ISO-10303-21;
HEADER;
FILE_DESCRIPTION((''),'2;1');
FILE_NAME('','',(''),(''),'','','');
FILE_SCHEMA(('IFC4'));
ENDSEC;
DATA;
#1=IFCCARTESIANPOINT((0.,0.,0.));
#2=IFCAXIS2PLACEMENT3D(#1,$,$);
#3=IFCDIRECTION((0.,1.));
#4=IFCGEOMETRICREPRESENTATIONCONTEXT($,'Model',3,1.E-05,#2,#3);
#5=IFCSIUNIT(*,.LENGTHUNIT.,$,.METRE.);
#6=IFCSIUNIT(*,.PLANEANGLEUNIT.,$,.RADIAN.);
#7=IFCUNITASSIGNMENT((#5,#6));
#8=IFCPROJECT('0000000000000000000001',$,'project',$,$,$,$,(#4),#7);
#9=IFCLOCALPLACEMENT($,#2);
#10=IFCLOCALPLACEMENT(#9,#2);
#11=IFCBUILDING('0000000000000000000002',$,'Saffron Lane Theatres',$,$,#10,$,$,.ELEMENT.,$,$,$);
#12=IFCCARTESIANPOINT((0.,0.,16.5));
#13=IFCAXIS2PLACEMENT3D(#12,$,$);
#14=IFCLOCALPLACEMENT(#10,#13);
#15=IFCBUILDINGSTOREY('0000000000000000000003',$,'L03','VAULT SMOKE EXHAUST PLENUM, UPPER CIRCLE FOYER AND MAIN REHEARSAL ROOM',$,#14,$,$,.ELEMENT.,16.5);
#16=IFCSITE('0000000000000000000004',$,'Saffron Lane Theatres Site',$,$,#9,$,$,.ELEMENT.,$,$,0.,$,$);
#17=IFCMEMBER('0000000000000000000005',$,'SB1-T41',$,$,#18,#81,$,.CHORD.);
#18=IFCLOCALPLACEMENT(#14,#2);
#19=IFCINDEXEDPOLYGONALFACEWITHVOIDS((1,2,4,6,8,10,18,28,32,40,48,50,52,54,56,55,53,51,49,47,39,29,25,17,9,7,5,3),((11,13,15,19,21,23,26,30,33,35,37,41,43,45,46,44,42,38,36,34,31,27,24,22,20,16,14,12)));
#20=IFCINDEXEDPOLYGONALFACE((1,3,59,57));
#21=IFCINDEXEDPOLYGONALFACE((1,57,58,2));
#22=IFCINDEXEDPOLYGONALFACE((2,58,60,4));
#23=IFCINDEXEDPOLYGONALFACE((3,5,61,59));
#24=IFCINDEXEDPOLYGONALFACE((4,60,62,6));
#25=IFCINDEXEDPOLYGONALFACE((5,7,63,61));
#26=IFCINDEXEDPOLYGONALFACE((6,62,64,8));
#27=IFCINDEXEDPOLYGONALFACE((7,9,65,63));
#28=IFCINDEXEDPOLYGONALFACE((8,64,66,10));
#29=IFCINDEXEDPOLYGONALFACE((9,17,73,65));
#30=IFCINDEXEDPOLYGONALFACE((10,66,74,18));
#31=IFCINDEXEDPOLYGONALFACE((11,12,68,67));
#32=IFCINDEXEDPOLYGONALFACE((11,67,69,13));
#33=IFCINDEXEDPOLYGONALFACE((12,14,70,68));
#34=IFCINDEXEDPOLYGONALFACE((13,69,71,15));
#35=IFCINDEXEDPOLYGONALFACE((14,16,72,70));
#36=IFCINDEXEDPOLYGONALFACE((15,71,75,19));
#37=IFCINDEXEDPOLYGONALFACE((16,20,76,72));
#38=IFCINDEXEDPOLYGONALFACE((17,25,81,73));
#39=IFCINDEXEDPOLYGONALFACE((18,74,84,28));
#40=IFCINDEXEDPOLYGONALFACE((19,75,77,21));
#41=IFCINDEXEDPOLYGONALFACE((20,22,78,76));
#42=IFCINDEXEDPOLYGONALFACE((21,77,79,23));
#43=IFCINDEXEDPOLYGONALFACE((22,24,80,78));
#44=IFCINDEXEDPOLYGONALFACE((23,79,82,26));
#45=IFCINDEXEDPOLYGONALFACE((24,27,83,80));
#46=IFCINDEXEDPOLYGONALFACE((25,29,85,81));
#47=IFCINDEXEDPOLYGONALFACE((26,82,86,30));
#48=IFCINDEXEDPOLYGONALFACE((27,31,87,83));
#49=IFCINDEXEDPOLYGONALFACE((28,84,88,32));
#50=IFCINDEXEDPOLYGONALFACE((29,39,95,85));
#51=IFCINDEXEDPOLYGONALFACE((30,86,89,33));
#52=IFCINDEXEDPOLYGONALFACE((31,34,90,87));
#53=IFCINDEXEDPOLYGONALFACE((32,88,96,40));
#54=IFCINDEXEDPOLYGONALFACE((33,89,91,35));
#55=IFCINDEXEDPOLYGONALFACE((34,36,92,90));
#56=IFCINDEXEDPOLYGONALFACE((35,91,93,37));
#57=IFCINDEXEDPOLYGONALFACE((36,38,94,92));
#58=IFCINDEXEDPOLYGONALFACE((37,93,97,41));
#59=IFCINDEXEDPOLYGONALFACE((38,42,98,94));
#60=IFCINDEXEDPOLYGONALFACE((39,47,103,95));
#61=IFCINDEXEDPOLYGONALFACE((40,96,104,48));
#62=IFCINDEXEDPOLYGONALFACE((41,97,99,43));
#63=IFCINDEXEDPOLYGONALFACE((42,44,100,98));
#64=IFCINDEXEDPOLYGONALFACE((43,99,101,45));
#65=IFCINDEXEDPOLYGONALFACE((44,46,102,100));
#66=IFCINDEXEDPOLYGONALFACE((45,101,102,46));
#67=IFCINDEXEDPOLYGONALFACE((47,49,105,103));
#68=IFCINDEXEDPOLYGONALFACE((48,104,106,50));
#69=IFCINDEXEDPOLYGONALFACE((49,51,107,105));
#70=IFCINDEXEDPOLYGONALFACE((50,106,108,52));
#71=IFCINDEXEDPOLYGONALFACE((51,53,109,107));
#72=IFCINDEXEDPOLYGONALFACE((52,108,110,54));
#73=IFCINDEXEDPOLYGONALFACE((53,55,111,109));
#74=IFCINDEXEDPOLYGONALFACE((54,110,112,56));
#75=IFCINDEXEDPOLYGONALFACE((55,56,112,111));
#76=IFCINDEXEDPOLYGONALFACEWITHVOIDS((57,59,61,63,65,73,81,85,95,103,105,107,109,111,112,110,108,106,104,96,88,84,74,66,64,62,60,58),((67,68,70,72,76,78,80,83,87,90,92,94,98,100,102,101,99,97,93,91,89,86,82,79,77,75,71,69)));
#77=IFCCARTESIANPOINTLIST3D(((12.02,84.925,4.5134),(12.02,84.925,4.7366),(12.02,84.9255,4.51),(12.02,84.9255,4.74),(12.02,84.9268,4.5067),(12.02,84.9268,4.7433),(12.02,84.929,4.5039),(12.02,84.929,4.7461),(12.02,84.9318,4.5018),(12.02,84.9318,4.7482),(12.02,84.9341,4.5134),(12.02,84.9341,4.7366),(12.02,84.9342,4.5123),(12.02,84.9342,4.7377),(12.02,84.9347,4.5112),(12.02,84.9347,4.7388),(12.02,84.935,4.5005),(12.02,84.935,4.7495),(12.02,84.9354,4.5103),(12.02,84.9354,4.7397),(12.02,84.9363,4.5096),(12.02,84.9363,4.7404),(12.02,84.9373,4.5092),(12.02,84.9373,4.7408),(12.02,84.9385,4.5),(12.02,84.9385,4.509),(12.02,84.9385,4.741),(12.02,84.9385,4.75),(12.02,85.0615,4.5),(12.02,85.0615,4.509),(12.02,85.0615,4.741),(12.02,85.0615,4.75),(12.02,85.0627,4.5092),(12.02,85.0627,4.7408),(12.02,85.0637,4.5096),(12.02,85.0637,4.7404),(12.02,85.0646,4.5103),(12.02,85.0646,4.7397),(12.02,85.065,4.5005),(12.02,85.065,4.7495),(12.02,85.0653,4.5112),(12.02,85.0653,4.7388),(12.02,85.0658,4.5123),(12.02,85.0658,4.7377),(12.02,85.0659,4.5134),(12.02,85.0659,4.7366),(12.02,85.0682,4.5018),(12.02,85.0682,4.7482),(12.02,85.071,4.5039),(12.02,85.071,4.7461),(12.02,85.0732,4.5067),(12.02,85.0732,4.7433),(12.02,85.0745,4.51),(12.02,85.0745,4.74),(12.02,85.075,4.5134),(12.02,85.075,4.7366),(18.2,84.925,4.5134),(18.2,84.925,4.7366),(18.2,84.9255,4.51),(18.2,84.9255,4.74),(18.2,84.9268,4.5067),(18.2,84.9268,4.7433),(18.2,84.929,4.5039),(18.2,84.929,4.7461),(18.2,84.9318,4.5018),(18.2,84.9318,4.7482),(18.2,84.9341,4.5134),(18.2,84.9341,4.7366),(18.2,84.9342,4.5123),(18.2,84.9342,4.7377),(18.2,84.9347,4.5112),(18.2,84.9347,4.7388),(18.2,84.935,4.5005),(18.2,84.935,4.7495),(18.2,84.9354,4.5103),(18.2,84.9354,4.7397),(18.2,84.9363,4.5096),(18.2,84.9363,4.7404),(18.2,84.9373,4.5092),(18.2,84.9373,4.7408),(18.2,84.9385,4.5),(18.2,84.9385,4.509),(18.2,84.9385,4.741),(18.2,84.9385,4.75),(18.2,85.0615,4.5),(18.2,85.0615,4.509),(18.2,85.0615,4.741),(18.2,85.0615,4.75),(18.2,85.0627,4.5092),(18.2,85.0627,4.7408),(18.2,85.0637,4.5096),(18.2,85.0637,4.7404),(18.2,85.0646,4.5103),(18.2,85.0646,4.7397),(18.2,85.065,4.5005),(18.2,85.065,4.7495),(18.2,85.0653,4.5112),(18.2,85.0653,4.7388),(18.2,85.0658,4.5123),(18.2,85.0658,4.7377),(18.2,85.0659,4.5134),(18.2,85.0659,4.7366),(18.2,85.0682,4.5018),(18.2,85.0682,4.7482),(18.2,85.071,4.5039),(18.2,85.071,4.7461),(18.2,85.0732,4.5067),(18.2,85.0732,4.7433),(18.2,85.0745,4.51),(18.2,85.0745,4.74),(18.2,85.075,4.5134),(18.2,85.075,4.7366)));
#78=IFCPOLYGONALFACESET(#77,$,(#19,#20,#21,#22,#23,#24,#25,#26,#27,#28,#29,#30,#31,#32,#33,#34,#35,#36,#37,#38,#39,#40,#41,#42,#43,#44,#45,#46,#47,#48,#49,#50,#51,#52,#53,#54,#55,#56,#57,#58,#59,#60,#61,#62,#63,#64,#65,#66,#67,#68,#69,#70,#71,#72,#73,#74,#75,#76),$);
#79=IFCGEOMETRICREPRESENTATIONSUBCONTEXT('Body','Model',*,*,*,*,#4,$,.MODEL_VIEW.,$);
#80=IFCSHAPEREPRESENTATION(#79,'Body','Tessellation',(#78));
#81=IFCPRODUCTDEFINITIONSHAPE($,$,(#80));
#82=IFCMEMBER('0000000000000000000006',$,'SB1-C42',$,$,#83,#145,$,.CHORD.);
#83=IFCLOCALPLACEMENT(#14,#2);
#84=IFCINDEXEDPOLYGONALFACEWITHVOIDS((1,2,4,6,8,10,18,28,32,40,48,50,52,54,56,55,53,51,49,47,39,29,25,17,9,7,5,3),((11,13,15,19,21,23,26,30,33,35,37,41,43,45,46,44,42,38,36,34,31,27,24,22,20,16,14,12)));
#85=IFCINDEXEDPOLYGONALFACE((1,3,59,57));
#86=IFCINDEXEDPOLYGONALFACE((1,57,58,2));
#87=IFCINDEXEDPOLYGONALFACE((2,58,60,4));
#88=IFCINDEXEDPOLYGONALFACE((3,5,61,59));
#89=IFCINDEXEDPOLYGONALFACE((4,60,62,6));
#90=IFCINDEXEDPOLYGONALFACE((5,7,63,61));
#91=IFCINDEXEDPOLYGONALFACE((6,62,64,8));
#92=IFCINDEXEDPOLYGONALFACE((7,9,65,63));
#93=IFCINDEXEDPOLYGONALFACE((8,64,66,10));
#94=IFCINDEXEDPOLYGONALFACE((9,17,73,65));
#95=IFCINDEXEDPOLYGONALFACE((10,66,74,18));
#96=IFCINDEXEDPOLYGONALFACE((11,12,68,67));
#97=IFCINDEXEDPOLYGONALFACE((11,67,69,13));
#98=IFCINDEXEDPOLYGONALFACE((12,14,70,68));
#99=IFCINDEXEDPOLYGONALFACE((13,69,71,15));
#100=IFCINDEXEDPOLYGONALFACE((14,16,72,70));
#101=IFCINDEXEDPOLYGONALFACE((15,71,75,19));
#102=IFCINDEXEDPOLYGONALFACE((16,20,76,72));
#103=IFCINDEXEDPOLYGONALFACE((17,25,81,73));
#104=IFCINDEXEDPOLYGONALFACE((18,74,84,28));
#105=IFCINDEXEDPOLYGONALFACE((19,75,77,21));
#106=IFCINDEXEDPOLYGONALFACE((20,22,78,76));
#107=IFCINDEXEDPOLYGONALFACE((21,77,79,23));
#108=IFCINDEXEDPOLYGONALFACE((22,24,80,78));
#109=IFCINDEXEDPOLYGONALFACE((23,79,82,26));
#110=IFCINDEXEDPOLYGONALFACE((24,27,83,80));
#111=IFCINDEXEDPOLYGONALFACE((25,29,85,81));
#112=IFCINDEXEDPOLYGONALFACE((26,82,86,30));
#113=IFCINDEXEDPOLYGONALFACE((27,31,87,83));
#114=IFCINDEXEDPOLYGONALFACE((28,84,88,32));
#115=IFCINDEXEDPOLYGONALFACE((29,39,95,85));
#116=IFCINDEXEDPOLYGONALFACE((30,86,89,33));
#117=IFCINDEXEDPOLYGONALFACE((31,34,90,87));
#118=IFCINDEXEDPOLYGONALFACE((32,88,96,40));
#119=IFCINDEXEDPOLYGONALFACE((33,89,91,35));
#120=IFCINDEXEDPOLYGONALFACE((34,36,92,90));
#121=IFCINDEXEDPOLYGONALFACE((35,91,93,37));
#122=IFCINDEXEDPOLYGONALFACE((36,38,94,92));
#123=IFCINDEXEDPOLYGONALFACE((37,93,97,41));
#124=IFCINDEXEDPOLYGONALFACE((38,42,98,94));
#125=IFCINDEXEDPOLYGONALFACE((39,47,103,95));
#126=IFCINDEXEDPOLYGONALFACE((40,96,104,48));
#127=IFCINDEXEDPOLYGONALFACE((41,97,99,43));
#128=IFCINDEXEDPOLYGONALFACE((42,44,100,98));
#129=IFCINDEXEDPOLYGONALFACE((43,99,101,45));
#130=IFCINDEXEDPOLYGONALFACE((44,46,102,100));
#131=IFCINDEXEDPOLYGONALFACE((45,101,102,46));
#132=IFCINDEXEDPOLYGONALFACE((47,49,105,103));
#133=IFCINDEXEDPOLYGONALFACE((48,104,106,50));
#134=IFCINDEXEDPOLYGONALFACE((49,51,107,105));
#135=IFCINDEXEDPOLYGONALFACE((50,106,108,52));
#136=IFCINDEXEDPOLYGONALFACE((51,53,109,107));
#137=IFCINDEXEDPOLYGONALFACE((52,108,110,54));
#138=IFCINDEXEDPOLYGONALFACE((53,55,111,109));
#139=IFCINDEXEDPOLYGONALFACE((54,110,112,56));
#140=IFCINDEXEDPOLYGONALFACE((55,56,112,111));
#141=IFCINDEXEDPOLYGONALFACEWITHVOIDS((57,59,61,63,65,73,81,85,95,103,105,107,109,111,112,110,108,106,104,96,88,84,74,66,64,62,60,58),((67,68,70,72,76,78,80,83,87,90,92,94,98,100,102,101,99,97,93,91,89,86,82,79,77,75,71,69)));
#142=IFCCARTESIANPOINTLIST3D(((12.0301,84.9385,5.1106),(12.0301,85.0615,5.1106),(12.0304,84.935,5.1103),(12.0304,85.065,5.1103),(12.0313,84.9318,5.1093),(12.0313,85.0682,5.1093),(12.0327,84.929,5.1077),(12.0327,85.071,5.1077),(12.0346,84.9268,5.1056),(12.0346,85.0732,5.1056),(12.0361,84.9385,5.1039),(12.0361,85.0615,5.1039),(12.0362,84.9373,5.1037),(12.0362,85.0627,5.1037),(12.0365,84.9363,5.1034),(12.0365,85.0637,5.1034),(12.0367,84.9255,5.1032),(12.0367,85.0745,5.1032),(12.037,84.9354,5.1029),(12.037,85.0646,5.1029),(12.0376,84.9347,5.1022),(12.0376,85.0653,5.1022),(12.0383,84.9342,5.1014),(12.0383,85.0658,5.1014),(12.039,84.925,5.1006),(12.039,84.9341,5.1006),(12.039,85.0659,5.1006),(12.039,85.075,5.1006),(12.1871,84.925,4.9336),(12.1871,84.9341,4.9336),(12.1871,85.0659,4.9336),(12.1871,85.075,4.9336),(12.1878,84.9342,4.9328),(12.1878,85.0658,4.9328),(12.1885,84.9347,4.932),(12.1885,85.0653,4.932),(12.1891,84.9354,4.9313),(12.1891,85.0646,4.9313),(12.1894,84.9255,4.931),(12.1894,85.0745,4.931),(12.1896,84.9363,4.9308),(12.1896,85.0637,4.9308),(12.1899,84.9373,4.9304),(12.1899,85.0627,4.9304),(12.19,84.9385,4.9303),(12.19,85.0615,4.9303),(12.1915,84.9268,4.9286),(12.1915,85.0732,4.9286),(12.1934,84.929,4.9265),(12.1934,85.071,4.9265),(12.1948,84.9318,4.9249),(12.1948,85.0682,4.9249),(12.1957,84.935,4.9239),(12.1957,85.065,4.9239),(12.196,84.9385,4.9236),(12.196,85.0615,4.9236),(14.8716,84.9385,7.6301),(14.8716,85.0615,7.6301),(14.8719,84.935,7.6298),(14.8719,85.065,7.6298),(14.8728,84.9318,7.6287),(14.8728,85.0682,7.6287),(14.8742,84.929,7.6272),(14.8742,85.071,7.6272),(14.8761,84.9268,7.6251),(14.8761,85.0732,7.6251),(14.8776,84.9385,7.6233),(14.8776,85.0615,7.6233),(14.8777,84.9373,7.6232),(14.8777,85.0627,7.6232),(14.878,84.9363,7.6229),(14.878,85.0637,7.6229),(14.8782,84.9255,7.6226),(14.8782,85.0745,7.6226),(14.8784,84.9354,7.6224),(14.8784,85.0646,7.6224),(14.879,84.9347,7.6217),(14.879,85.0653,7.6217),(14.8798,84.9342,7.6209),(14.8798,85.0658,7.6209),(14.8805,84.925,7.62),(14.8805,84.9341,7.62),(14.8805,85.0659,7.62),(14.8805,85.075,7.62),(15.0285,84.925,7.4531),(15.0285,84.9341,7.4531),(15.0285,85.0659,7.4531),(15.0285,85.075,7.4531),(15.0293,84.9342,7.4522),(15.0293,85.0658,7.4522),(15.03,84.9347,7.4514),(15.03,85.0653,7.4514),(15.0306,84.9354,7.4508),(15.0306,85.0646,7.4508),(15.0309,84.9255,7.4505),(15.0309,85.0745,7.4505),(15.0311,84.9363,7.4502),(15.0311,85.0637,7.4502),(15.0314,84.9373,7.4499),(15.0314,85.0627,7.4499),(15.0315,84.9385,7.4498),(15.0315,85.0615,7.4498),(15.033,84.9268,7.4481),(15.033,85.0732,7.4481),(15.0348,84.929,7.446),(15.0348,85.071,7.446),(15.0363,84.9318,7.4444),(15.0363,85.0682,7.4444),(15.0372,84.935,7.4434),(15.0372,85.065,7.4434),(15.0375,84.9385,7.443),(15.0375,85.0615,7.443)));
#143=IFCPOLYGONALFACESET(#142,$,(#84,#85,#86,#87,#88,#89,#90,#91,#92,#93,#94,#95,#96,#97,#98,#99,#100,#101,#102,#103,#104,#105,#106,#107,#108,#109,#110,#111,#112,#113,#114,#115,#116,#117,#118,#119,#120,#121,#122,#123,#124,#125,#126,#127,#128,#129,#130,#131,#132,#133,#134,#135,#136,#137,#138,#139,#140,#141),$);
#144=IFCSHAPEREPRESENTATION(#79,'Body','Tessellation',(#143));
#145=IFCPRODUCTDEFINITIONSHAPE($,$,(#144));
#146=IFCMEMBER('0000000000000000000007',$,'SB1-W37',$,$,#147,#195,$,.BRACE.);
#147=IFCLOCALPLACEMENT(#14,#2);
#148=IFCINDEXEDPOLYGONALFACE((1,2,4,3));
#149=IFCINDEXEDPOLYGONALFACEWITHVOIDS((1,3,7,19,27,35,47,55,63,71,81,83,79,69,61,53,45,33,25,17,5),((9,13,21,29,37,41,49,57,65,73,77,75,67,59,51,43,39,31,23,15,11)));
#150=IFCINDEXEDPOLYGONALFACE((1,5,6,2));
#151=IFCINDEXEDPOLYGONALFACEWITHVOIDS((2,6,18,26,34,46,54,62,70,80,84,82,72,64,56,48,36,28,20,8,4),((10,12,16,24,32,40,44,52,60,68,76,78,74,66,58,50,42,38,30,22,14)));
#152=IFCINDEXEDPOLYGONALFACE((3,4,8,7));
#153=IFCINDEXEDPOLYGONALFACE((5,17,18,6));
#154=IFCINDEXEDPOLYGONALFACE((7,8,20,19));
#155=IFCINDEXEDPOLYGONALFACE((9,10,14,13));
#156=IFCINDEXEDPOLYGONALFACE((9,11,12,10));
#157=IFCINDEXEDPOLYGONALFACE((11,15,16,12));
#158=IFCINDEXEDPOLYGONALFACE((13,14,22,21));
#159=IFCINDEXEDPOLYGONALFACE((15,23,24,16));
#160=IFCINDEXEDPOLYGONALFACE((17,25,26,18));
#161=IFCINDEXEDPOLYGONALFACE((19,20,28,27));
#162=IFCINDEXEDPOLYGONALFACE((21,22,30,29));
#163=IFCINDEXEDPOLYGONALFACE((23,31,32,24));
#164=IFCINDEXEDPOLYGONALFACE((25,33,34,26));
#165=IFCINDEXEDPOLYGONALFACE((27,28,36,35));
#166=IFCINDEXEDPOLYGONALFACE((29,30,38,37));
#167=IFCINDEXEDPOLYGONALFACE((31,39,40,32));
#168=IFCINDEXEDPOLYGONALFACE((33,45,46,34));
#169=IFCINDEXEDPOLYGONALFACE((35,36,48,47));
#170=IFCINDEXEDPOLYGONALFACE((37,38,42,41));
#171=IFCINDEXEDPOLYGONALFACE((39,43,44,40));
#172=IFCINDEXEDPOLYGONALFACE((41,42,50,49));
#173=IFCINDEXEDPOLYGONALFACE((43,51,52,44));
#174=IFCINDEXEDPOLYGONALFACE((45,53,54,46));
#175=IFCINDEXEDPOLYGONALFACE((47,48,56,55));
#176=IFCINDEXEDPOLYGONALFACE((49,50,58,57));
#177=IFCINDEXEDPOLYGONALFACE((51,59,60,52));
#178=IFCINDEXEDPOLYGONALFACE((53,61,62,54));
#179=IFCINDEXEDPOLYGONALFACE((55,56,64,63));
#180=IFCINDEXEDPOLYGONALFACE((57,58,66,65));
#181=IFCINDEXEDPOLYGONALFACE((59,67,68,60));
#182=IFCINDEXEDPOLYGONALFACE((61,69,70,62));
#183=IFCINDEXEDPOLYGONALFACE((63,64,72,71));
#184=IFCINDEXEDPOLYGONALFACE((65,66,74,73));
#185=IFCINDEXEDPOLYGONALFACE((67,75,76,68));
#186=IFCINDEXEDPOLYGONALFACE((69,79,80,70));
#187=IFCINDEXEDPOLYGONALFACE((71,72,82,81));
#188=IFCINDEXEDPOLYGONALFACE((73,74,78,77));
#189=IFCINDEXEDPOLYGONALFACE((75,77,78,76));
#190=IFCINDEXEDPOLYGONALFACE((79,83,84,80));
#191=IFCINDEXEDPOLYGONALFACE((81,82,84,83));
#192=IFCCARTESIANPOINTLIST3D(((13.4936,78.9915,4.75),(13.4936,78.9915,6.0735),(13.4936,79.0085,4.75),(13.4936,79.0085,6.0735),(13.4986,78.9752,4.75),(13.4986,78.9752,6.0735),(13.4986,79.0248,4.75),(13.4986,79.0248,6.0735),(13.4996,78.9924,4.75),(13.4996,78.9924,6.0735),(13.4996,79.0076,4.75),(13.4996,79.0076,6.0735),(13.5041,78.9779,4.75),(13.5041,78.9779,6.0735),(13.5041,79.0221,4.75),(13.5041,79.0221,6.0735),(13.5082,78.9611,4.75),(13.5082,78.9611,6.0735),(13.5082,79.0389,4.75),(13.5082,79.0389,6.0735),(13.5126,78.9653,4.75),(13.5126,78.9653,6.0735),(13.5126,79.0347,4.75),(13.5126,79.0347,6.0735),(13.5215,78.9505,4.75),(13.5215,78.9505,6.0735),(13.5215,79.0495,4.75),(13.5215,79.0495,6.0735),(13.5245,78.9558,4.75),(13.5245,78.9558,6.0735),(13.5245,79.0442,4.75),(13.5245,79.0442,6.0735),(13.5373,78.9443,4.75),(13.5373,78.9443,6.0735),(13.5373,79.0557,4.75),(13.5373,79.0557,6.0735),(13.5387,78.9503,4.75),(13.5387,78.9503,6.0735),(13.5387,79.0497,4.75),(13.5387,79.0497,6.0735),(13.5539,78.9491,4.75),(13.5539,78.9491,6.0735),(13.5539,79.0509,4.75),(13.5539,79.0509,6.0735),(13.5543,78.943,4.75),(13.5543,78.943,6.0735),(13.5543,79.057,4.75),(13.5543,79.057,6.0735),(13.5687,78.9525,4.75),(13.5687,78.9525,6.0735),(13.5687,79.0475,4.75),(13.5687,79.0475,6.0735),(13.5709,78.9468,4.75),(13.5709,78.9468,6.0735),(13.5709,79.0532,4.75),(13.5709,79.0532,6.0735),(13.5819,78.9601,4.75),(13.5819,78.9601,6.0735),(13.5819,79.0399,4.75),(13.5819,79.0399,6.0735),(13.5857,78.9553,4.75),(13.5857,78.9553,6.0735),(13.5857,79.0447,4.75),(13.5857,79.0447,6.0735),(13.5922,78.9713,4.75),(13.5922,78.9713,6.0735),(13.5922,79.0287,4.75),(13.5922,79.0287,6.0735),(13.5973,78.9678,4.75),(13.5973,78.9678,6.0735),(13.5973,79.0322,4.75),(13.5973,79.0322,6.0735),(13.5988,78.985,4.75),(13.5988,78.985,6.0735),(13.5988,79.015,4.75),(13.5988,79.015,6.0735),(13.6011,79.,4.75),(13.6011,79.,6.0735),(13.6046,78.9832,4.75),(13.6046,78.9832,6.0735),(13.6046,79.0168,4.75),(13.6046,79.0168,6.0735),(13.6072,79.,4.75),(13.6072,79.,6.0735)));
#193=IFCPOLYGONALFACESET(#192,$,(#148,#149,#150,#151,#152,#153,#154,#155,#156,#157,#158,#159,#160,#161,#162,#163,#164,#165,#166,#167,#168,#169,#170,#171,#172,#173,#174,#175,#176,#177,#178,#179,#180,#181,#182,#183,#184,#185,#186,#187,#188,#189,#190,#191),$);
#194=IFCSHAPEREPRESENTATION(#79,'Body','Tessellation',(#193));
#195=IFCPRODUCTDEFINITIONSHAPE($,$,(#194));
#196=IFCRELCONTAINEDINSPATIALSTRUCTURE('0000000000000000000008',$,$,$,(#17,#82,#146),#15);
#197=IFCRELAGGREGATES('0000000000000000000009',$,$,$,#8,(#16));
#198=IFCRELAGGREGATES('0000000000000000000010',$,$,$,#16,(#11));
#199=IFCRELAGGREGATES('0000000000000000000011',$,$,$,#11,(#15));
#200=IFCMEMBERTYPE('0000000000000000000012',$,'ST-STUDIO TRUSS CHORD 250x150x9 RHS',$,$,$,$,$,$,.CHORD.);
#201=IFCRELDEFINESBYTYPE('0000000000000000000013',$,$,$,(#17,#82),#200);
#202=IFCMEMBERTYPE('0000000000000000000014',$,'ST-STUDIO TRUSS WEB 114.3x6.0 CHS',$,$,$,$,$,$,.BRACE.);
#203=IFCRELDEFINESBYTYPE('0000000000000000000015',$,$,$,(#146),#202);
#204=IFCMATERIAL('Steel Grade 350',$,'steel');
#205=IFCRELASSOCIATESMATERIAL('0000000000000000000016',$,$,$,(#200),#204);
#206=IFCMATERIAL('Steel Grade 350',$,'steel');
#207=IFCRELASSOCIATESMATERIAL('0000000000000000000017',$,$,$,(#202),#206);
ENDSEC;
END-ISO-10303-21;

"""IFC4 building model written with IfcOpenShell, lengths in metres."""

from ifc_helpers import new_model, si_unit, direction, frame, origin, origin_2d, place, context, subcontext, project, spatial, hollow_rectangle, hollow_circle, extrude, material, material_profile, profile_set, type_object, element, save


model = new_model("IFC4")

# Units and contexts
model_context = context("Model", 3, precision=1e-05, world=origin(), true_north=direction((0.0, 1.0)))
body_context = subcontext(model_context, "Body", "Model", "MODEL_VIEW")
ifc_project = project(units=[si_unit("LENGTHUNIT", "METRE"), si_unit("PLANEANGLEUNIT", "RADIAN")], contexts=[model_context])

# Site, building, storey
site_placement = place(None, origin())
site = spatial("IfcSite", under=ifc_project, at=site_placement, Name="Saffron Lane Theatres Site", CompositionType="ELEMENT", RefElevation=0.0)
building_placement = place(site_placement, origin())
building = spatial("IfcBuilding", under=site, at=building_placement, Name="Saffron Lane Theatres", CompositionType="ELEMENT")
storey_placement = place(building_placement, frame((0.0, 0.0, 16.5)))
storey = spatial("IfcBuildingStorey", under=building, at=storey_placement, Name="L03", Description="VAULT SMOKE EXHAUST PLENUM, UPPER CIRCLE FOYER AND MAIN REHEARSAL ROOM", CompositionType="ELEMENT", Elevation=16.5)

# Members
ifc_material_1 = material(Name="Steel Grade 350", Category="steel")
ifc_material_profile_1 = material_profile(ifc_material_1, hollow_rectangle(XDim=0.1499, YDim=0.25, WallThickness=0.009, InnerFilletRadius=0.0044, OuterFilletRadius=0.0134, at=origin_2d()))
ifc_profile_set_1 = profile_set([ifc_material_profile_1], Name="Steel Grade 350")
member_type_1 = type_object("IfcMemberType", Name="ST-STUDIO TRUSS CHORD 250x150x9 RHS", PredefinedType="CHORD", material=ifc_profile_set_1)
member_1_placement = place(storey_placement, frame((12.02, 85.0, 4.625), z_axis=(1.0, 0.0, 0.0), x_axis=(0.0, 1.0, 0.0)))
element("IfcMember", 1, at=member_1_placement, inside=storey, type_object=member_type_1, Name="SB1-T41", PredefinedType="CHORD", context=body_context, shape_type="SweptSolid", body=[
    extrude(hollow_rectangle(XDim=0.1499, YDim=0.25, WallThickness=0.009, InnerFilletRadius=0.0044, OuterFilletRadius=0.0134, at=origin_2d()), origin(), (0.0, 0.0, 1.0), 6.1799),
])
member_2_placement = place(storey_placement, frame((12.113, 85.0, 5.0171), z_axis=(0.748232, 0.0, 0.663438), x_axis=(0.0, 1.0, 0.0)))
element("IfcMember", 2, at=member_2_placement, inside=storey, type_object=member_type_1, Name="SB1-C42", PredefinedType="CHORD", context=body_context, shape_type="SweptSolid", body=[
    extrude(hollow_rectangle(XDim=0.1499, YDim=0.25, WallThickness=0.009, InnerFilletRadius=0.0044, OuterFilletRadius=0.0134, at=origin_2d()), origin(), (0.0, 0.0, 1.0), 3.7976),
])
ifc_material_2 = material(Name="Steel Grade 350", Category="steel")
ifc_material_profile_2 = material_profile(ifc_material_2, hollow_circle(Radius=0.0571, WallThickness=0.0061, at=origin_2d()))
ifc_profile_set_2 = profile_set([ifc_material_profile_2], Name="Steel Grade 350")
member_type_2 = type_object("IfcMemberType", Name="ST-STUDIO TRUSS WEB 114.3x6.0 CHS", PredefinedType="BRACE", material=ifc_profile_set_2)
for number, where, z_axis, x_axis, name in (
    (3, (13.55, 79.0, 4.75), (0.0, 0.0, 1.0), (1.0, 0.0, 0.0), "SB1-W37"),
):
    element("IfcMember", number, at=place(storey_placement, frame(where, z_axis=z_axis, x_axis=x_axis)), inside=storey, type_object=member_type_2, Name=name, PredefinedType="BRACE", context=body_context, shape_type="SweptSolid", body=[
        extrude(hollow_circle(Radius=0.0571, WallThickness=0.0061, at=origin_2d()), origin(), (0.0, 0.0, 1.0), 1.3235),
    ])

save(model, "model.ifc")
